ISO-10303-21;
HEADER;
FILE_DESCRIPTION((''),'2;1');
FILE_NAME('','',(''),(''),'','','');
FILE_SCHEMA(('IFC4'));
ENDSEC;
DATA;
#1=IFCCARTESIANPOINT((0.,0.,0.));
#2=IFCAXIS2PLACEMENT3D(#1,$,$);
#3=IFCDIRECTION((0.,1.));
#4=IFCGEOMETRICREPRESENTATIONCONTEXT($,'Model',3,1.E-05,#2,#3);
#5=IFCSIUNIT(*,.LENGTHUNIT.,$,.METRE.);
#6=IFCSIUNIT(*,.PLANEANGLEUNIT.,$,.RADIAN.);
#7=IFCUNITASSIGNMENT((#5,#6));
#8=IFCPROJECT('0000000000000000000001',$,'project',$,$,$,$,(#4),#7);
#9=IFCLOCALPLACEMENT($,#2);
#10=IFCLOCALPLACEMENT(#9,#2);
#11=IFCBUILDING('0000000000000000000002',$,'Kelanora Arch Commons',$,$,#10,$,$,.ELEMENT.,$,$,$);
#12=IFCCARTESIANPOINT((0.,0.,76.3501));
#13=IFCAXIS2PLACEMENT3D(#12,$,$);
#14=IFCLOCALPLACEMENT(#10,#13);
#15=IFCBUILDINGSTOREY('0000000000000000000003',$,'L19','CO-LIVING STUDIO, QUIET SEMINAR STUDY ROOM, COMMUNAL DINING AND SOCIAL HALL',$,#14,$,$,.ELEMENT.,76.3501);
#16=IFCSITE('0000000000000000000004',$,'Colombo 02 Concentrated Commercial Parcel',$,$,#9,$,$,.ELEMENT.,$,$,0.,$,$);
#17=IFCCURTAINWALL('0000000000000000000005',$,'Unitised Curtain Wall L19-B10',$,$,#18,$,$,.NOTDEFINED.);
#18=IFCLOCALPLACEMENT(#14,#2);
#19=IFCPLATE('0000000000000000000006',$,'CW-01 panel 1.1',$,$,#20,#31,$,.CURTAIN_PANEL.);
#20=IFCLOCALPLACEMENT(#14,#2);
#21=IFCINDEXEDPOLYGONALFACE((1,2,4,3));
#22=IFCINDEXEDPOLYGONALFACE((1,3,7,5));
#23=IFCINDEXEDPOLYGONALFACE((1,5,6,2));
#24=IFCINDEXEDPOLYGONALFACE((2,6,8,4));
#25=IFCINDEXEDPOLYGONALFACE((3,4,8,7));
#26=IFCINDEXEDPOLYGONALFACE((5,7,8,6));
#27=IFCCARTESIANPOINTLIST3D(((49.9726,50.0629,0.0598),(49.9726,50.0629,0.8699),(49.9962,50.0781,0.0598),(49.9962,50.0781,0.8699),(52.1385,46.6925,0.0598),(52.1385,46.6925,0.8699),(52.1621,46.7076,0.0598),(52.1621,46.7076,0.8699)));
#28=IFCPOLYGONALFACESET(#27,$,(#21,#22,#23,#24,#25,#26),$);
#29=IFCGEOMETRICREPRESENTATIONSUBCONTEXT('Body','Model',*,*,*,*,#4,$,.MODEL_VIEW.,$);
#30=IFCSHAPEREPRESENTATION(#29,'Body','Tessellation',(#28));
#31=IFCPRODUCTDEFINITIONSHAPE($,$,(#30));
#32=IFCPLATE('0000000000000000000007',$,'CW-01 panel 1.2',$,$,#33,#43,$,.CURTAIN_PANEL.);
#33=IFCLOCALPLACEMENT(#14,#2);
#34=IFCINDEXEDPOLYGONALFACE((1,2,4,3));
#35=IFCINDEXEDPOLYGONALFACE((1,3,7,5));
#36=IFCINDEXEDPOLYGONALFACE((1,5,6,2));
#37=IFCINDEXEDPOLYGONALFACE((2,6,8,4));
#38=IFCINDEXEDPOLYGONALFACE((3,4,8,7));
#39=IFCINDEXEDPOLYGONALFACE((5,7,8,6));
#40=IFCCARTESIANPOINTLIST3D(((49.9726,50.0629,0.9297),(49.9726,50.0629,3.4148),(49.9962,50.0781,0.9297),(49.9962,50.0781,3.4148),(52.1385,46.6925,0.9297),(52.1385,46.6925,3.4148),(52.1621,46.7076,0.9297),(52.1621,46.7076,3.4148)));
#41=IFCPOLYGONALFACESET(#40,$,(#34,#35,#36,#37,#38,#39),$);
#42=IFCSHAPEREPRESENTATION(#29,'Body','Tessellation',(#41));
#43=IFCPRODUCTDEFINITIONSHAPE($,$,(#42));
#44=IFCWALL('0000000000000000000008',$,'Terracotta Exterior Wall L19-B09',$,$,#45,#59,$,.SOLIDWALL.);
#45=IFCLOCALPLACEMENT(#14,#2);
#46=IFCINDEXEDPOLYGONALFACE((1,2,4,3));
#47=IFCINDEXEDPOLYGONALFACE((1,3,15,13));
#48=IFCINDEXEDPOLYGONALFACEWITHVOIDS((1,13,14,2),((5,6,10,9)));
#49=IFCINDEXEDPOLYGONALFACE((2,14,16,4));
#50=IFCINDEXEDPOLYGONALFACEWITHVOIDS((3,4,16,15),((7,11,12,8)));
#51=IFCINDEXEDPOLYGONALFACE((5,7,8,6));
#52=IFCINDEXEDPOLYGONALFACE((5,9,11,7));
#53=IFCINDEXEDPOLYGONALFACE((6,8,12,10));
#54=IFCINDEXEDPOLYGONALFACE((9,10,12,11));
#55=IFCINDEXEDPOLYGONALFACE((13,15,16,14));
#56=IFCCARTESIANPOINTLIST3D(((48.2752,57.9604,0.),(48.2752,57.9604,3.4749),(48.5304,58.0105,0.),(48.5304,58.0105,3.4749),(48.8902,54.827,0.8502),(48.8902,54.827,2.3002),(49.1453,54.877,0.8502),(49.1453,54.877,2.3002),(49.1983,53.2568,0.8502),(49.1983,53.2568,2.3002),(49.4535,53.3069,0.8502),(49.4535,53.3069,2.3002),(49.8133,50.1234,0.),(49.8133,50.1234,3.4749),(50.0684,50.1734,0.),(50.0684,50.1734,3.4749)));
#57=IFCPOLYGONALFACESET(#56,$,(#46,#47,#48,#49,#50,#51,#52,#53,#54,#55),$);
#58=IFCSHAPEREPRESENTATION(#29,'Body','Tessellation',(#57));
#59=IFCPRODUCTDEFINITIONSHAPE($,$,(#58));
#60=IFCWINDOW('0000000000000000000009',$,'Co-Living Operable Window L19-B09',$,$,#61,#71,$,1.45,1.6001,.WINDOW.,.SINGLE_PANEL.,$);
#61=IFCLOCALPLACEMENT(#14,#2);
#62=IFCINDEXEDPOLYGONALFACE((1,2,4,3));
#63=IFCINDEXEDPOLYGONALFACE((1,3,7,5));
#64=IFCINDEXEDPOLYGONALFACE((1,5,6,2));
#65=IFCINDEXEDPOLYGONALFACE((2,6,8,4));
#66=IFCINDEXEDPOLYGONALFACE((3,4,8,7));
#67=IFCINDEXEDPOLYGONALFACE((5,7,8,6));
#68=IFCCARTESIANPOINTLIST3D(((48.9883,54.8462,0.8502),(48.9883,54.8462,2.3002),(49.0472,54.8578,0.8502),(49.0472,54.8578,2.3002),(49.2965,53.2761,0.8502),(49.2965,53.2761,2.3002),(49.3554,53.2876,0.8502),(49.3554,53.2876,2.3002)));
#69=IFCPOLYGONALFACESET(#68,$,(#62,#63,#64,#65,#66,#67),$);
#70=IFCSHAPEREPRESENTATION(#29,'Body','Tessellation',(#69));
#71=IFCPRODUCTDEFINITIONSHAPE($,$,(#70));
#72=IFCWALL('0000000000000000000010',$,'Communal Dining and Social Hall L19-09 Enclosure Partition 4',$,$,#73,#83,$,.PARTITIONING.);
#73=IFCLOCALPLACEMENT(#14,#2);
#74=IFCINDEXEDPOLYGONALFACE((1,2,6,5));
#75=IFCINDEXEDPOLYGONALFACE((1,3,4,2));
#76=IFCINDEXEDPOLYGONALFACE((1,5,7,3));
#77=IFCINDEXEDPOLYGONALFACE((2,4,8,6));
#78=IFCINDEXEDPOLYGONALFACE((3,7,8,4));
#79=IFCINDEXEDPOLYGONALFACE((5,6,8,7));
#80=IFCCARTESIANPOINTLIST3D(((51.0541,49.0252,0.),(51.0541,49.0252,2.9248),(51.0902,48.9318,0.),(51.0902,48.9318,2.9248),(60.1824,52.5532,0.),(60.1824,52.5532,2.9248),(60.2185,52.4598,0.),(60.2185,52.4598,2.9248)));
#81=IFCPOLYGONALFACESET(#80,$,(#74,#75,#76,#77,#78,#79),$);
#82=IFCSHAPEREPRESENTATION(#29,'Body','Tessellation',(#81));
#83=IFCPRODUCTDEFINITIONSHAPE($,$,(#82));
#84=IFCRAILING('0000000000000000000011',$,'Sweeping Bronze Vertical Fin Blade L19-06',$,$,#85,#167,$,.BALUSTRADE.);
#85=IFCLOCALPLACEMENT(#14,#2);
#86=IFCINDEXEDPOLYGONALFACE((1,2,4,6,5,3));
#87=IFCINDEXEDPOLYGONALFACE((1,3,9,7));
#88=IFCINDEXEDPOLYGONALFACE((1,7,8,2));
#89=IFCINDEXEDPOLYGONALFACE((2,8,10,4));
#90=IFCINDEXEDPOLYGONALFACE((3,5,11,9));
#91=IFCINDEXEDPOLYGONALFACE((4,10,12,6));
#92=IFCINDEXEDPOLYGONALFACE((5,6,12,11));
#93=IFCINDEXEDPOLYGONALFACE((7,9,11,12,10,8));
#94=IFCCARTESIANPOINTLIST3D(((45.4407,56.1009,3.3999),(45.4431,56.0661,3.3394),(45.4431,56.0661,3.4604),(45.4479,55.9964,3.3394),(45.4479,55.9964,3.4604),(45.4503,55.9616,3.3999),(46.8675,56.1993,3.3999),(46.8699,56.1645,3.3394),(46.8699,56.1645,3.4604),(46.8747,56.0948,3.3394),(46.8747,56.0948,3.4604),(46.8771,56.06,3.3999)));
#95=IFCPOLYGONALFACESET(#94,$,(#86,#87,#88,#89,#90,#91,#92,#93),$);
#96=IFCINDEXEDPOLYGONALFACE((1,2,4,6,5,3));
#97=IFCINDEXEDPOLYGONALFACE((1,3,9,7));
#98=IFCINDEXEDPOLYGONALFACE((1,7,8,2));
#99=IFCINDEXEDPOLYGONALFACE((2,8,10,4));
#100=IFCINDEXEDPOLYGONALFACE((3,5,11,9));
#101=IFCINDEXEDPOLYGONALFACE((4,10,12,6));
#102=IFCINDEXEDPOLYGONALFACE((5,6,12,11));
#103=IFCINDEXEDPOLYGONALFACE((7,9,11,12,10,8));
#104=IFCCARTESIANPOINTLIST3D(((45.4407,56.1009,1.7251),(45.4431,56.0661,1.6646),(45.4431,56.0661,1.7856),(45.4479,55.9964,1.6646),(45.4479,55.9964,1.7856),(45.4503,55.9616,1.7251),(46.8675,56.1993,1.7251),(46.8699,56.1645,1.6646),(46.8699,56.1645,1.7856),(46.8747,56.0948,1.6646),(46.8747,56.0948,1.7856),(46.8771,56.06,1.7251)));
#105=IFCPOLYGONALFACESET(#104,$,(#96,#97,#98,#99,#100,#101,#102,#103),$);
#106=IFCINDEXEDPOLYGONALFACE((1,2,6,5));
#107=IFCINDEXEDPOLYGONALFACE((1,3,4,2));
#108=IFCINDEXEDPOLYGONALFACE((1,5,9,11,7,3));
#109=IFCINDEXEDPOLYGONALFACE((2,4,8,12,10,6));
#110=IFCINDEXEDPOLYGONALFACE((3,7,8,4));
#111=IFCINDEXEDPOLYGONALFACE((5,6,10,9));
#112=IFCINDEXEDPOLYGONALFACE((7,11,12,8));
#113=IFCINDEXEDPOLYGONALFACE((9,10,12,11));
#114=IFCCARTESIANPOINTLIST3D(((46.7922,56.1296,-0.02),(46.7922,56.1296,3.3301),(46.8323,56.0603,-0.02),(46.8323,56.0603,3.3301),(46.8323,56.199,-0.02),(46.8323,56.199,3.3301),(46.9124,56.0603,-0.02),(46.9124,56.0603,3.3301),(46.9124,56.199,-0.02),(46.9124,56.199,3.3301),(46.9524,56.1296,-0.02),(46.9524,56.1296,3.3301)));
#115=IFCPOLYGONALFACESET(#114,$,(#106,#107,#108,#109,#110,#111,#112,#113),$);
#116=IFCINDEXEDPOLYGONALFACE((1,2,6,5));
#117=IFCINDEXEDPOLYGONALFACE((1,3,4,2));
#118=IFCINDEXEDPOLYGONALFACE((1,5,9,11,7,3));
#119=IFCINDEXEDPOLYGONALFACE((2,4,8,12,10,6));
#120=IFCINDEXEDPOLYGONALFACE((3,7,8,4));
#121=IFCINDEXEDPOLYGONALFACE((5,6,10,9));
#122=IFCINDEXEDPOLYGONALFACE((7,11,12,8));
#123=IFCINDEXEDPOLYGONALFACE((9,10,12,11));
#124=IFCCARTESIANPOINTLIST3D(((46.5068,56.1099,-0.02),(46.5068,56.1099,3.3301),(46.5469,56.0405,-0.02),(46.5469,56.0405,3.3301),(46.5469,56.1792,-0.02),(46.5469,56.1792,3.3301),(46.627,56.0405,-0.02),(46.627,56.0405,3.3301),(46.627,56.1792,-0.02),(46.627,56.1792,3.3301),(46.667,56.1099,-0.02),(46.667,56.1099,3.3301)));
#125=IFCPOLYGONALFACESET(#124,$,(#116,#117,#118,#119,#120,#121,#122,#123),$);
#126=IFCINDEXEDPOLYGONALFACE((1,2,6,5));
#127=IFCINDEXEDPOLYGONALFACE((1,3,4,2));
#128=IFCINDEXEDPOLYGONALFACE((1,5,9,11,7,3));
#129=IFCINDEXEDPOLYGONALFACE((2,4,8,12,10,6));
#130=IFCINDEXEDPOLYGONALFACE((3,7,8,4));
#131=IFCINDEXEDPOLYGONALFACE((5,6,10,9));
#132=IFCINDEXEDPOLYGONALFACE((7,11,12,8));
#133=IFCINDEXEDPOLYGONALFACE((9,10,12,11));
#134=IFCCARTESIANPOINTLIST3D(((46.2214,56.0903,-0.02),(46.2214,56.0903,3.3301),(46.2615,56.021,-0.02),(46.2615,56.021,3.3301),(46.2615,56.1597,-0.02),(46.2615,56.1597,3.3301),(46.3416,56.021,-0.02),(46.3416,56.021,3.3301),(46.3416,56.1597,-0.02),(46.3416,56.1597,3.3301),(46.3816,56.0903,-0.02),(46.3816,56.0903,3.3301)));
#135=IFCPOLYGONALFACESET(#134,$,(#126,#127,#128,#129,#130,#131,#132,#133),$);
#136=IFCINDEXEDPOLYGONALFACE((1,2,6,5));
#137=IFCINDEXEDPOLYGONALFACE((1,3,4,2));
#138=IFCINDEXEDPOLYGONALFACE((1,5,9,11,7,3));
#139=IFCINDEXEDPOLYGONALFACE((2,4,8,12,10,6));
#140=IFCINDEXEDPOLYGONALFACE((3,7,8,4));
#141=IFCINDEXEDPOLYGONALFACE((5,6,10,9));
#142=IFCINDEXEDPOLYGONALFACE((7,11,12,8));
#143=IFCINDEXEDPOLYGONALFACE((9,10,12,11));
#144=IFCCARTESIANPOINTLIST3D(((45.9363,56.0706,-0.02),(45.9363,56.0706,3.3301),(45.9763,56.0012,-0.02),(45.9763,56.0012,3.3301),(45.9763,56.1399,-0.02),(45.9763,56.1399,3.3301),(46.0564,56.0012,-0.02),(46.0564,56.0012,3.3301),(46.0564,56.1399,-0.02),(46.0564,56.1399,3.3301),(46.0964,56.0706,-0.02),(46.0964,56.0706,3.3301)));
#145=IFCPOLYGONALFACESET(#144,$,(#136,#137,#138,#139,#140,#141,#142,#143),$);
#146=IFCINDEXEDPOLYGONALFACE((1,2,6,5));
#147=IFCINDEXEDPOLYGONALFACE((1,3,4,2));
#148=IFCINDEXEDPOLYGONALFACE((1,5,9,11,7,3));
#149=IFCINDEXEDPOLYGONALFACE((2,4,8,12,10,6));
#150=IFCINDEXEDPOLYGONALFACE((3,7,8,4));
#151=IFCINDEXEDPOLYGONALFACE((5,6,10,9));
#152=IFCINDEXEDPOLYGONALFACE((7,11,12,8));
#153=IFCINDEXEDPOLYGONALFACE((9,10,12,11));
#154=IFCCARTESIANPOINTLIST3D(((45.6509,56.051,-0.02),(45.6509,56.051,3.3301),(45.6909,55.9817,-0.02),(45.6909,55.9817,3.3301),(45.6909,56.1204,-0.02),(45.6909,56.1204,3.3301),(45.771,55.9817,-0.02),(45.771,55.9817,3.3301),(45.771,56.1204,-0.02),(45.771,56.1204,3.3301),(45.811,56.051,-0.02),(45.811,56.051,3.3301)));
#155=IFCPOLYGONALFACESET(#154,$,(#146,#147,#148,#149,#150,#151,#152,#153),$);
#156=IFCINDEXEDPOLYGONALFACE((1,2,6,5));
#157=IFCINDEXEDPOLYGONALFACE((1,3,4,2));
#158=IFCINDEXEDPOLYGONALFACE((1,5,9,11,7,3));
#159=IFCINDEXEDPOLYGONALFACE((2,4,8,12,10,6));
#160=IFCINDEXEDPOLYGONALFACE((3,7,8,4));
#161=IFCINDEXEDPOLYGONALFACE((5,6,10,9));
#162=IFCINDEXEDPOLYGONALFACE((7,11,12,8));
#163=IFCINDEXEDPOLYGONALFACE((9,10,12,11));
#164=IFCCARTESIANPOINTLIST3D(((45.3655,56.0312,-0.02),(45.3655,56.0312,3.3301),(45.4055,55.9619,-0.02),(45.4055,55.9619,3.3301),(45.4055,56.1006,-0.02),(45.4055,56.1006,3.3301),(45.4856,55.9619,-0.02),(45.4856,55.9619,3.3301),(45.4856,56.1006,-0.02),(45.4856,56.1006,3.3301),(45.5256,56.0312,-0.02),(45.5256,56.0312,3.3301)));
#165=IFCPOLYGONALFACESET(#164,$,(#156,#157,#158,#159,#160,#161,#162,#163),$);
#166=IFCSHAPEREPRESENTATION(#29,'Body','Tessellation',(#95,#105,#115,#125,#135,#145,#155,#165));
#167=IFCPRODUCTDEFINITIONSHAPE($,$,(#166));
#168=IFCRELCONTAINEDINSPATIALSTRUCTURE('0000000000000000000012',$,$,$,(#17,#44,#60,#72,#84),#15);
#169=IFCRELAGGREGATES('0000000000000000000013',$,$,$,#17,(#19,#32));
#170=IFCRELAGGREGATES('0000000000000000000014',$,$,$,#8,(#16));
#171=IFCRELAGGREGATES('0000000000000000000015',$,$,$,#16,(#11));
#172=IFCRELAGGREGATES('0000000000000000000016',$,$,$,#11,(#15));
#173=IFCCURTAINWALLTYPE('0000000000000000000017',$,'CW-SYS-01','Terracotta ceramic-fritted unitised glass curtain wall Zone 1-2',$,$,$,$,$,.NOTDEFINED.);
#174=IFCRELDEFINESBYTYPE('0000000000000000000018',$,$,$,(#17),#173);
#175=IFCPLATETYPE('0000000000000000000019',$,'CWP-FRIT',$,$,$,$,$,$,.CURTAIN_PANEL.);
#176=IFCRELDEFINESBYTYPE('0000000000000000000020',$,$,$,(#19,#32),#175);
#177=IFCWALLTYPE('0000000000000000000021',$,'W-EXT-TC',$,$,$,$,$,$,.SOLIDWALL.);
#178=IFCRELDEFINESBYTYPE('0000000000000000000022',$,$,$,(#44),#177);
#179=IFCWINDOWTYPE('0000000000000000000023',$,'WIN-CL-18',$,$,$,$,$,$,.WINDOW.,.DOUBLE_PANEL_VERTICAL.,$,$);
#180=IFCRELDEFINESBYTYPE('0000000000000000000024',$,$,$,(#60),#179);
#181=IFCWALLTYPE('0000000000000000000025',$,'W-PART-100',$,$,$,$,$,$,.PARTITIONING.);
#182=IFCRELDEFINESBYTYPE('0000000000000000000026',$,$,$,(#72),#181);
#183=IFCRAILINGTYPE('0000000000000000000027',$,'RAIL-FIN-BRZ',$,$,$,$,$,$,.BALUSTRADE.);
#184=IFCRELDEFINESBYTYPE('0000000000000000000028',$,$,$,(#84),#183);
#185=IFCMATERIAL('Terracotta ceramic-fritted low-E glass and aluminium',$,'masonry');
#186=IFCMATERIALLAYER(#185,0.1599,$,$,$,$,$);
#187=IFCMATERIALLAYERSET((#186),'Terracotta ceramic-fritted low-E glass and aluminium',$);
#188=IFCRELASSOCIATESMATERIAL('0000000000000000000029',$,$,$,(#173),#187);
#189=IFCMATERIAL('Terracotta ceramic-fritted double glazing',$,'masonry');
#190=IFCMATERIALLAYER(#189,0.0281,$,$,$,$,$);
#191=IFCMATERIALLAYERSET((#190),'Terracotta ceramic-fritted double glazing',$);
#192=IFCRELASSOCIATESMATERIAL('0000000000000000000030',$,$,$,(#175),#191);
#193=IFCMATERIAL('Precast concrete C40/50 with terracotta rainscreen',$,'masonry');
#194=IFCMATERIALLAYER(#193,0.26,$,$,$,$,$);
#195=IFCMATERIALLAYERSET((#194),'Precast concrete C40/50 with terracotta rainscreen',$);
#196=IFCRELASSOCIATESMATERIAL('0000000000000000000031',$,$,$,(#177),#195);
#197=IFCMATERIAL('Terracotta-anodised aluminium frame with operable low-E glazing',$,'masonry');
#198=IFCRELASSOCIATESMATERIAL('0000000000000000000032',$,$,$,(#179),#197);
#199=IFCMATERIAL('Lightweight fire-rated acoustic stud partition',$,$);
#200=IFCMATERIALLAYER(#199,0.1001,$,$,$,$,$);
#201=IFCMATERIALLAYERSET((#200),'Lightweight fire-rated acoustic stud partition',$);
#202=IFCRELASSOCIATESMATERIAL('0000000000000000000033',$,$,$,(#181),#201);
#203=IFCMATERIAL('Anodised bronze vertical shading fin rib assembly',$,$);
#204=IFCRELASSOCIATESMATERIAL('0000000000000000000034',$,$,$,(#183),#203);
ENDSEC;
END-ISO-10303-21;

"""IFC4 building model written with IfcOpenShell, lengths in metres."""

from ifc_helpers import new_model, si_unit, direction, frame, frame_2d, origin, origin_2d, place, context, subcontext, project, spatial, polyline, rectangle, outline, extrude, source, transform, mapped, material, layer, layer_set, type_object, element, fill, aggregate, save


model = new_model("IFC4")

# Units and contexts
model_context = context("Model", 3, precision=1e-05, world=origin(), true_north=direction((0.0, 1.0)))
body_context = subcontext(model_context, "Body", "Model", "MODEL_VIEW")
ifc_project = project(units=[si_unit("LENGTHUNIT", "METRE"), si_unit("PLANEANGLEUNIT", "RADIAN")], contexts=[model_context])

# Site, building, storey
site_placement = place(None, origin())
site = spatial("IfcSite", under=ifc_project, at=site_placement, Name="Colombo 02 Concentrated Commercial Parcel", CompositionType="ELEMENT", RefElevation=0.0)
building_placement = place(site_placement, origin())
building = spatial("IfcBuilding", under=site, at=building_placement, Name="Kelanora Arch Commons", CompositionType="ELEMENT")
storey_placement = place(building_placement, frame((0.0, 0.0, 76.3501)))
storey = spatial("IfcBuildingStorey", under=building, at=storey_placement, Name="L19", Description="CO-LIVING STUDIO, QUIET SEMINAR STUDY ROOM, COMMUNAL DINING AND SOCIAL HALL", CompositionType="ELEMENT", Elevation=76.3501)

# Curtain wall
ifc_material_1 = material(Name="Terracotta ceramic-fritted low-E glass and aluminium", Category="masonry")
ifc_layer_1 = layer(ifc_material_1, 0.1599)
ifc_layer_set_1 = layer_set([ifc_layer_1], Name="Terracotta ceramic-fritted low-E glass and aluminium")
curtain_wall_type = type_object("IfcCurtainWallType", Name="CW-SYS-01", Description="Terracotta ceramic-fritted unitised glass curtain wall Zone 1-2", PredefinedType="NOTDEFINED", material=ifc_layer_set_1)
curtain_wall_placement = place(storey_placement, origin())
curtain_wall = element("IfcCurtainWall", 1, at=curtain_wall_placement, inside=storey, type_object=curtain_wall_type, Name="Unitised Curtain Wall L19-B10", PredefinedType="NOTDEFINED")

# Plates
ifc_material_2 = material(Name="Terracotta ceramic-fritted double glazing", Category="masonry")
ifc_layer_2 = layer(ifc_material_2, 0.0281)
ifc_layer_set_2 = layer_set([ifc_layer_2], Name="Terracotta ceramic-fritted double glazing")
plate_type = type_object("IfcPlateType", Name="CWP-FRIT", PredefinedType="CURTAIN_PANEL", material=ifc_layer_set_2)
shared_shape_1 = source(origin(), body_context, "Body", "SweptSolid", [
    extrude(rectangle(XDim=4.0063, YDim=0.0281, at=origin_2d()), origin(), (0.0, 0.0, 1.0), 0.8101),
])
plate_1_placement = place(storey_placement, frame((51.0674, 48.3853, 0.0598), z_axis=(0.0, 0.0, 1.0), x_axis=(0.540617, -0.841269, 0.0)))
plate_1 = element("IfcPlate", 2, at=plate_1_placement, type_object=plate_type, Name="CW-01 panel 1.1", PredefinedType="CURTAIN_PANEL", context=body_context, shape_type="MappedRepresentation", body=[
    mapped(shared_shape_1, transform((0.0, 0.0, 0.0), scale=1.0)),
])
shared_shape_2 = source(origin(), body_context, "Body", "SweptSolid", [
    extrude(rectangle(XDim=4.0063, YDim=0.0281, at=origin_2d()), origin(), (0.0, 0.0, 1.0), 2.4851),
])
plate_2_placement = place(storey_placement, frame((51.0674, 48.3853, 0.9297), z_axis=(0.0, 0.0, 1.0), x_axis=(0.540617, -0.841269, 0.0)))
plate_2 = element("IfcPlate", 3, at=plate_2_placement, type_object=plate_type, Name="CW-01 panel 1.2", PredefinedType="CURTAIN_PANEL", context=body_context, shape_type="MappedRepresentation", body=[
    mapped(shared_shape_2, transform((0.0, 0.0, 0.0), scale=1.0)),
])
aggregate(curtain_wall, [plate_1, plate_2])

# Wall, opening, window
ifc_material_3 = material(Name="Precast concrete C40/50 with terracotta rainscreen", Category="masonry")
ifc_layer_3 = layer(ifc_material_3, 0.26)
ifc_layer_set_3 = layer_set([ifc_layer_3], Name="Precast concrete C40/50 with terracotta rainscreen")
wall_type_1 = type_object("IfcWallType", Name="W-EXT-TC", PredefinedType="SOLIDWALL", material=ifc_layer_set_3)
wall_1_placement = place(storey_placement, frame((48.4028, 57.9854, 0.0), z_axis=(0.0, 0.0, 1.0), x_axis=(0.192582, -0.981281, 0.0)))
wall_1 = element("IfcWall", 4, at=wall_1_placement, inside=storey, type_object=wall_type_1, Name="Terracotta Exterior Wall L19-B09", PredefinedType="SOLIDWALL", context=body_context, shape_type="SweptSolid", body=[
    extrude(rectangle(XDim=7.9866, YDim=0.26, at=frame_2d((3.9932, 0.0))), origin(), (0.0, 0.0, 1.0), 3.4749),
])
opening_placement = place(wall_1_placement, frame((3.1931, 0.0, 0.8501)))
opening = element("IfcOpeningElement", 5, at=opening_placement, cuts=wall_1, PredefinedType="OPENING", context=body_context, shape_type="SweptSolid", body=[
    extrude(rectangle(XDim=1.6001, YDim=1.45, at=frame_2d((0.8, 0.7251))), frame((0.0, 0.1401, 0.0), z_axis=(0.0, -1.0, 0.0), x_axis=(1.0, 0.0, 0.0)), (0.0, 0.0, 1.0), 0.28),
])
ifc_material_4 = material(Name="Terracotta-anodised aluminium frame with operable low-E glazing", Category="masonry")
window_type = type_object("IfcWindowType", Name="WIN-CL-18", PartitioningType="DOUBLE_PANEL_VERTICAL", PredefinedType="WINDOW", material=ifc_material_4)
window_placement = place(opening_placement, origin())
window = element("IfcWindow", 6, at=window_placement, inside=storey, type_object=window_type, Name="Co-Living Operable Window L19-B09", OverallHeight=1.45, OverallWidth=1.6001, PartitioningType="SINGLE_PANEL", PredefinedType="WINDOW", context=body_context, shape_type="SweptSolid", body=[
    extrude(rectangle(XDim=1.6001, YDim=1.45, at=frame_2d((0.8, 0.7251))), frame((0.0, 0.03, 0.0), z_axis=(0.0, -1.0, 0.0), x_axis=(1.0, 0.0, 0.0)), (0.0, 0.0, 1.0), 0.0601),
])
fill(opening, window)

# Wall
ifc_material_5 = material(Name="Lightweight fire-rated acoustic stud partition")
ifc_layer_4 = layer(ifc_material_5, 0.1001)
ifc_layer_set_4 = layer_set([ifc_layer_4], Name="Lightweight fire-rated acoustic stud partition")
wall_type_2 = type_object("IfcWallType", Name="W-PART-100", PredefinedType="PARTITIONING", material=ifc_layer_set_4)
wall_2_placement = place(storey_placement, frame((51.0723, 48.9785, 0.0), z_axis=(0.0, 0.0, 1.0), x_axis=(0.932757, 0.360505, 0.0)))
element("IfcWall", 7, at=wall_2_placement, inside=storey, type_object=wall_type_2, Name="Communal Dining and Social Hall L19-09 Enclosure Partition 4", PredefinedType="PARTITIONING", context=body_context, shape_type="SweptSolid", body=[
    extrude(rectangle(XDim=9.7864, YDim=0.1001, at=frame_2d((4.8931, 0.0))), origin(), (0.0, 0.0, 1.0), 2.9248),
])

# Railing
ifc_material_6 = material(Name="Anodised bronze vertical shading fin rib assembly")
railing_type = type_object("IfcRailingType", Name="RAIL-FIN-BRZ", PredefinedType="BALUSTRADE", material=ifc_material_6)
railing_1_placement = place(storey_placement, frame((46.8723, 56.1296, -0.02)))
element("IfcRailing", 8, at=railing_1_placement, inside=storey, type_object=railing_type, Name="Sweeping Bronze Vertical Fin Blade L19-06", PredefinedType="BALUSTRADE", context=body_context, shape_type="SweptSolid", body=[
    extrude(outline(polyline([(0.0698, 0.0), (0.0349, 0.0605), (-0.0349, 0.0605), (-0.0698, 0.0), (-0.0349, -0.0605), (0.0349, -0.0605), (0.0698, 0.0)])), frame((0.0, 0.0, 3.4199), z_axis=(-0.997631, -0.068796, 0.0), x_axis=(0.068796, -0.997631, 0.0)), (0.0, 0.0, 1.0), 1.4302),
    extrude(outline(polyline([(0.0698, 0.0), (0.0349, 0.0605), (-0.0349, 0.0605), (-0.0698, 0.0), (-0.0349, -0.0605), (0.0349, -0.0605), (0.0698, 0.0)])), frame((0.0, 0.0, 1.7451), z_axis=(-0.997631, -0.068796, 0.0), x_axis=(0.068796, -0.997631, 0.0)), (0.0, 0.0, 1.0), 1.4302),
    extrude(outline(polyline([(0.0801, 0.0), (0.04, 0.0693), (-0.04, 0.0693), (-0.0801, 0.0), (-0.04, -0.0693), (0.04, -0.0693), (0.0801, 0.0)])), origin(), (0.0, 0.0, 1.0), 3.3501),
    extrude(outline(polyline([(0.0801, 0.0), (0.04, 0.0693), (-0.04, 0.0693), (-0.0801, 0.0), (-0.04, -0.0693), (0.04, -0.0693), (0.0801, 0.0)])), frame((-0.2854, -0.0198, 0.0)), (0.0, 0.0, 1.0), 3.3501),
    extrude(outline(polyline([(0.0801, 0.0), (0.04, 0.0693), (-0.04, 0.0693), (-0.0801, 0.0), (-0.04, -0.0693), (0.04, -0.0693), (0.0801, 0.0)])), frame((-0.5708, -0.0393, 0.0)), (0.0, 0.0, 1.0), 3.3501),
    extrude(outline(polyline([(0.0801, 0.0), (0.04, 0.0693), (-0.04, 0.0693), (-0.0801, 0.0), (-0.04, -0.0693), (0.04, -0.0693), (0.0801, 0.0)])), frame((-0.856, -0.0591, 0.0)), (0.0, 0.0, 1.0), 3.3501),
    extrude(outline(polyline([(0.0801, 0.0), (0.04, 0.0693), (-0.04, 0.0693), (-0.0801, 0.0), (-0.04, -0.0693), (0.04, -0.0693), (0.0801, 0.0)])), frame((-1.1414, -0.0786, 0.0)), (0.0, 0.0, 1.0), 3.3501),
    extrude(outline(polyline([(0.0801, 0.0), (0.04, 0.0693), (-0.04, 0.0693), (-0.0801, 0.0), (-0.04, -0.0693), (0.04, -0.0693), (0.0801, 0.0)])), frame((-1.4268, -0.0984, 0.0)), (0.0, 0.0, 1.0), 3.3501),
])

save(model, "model.ifc")
